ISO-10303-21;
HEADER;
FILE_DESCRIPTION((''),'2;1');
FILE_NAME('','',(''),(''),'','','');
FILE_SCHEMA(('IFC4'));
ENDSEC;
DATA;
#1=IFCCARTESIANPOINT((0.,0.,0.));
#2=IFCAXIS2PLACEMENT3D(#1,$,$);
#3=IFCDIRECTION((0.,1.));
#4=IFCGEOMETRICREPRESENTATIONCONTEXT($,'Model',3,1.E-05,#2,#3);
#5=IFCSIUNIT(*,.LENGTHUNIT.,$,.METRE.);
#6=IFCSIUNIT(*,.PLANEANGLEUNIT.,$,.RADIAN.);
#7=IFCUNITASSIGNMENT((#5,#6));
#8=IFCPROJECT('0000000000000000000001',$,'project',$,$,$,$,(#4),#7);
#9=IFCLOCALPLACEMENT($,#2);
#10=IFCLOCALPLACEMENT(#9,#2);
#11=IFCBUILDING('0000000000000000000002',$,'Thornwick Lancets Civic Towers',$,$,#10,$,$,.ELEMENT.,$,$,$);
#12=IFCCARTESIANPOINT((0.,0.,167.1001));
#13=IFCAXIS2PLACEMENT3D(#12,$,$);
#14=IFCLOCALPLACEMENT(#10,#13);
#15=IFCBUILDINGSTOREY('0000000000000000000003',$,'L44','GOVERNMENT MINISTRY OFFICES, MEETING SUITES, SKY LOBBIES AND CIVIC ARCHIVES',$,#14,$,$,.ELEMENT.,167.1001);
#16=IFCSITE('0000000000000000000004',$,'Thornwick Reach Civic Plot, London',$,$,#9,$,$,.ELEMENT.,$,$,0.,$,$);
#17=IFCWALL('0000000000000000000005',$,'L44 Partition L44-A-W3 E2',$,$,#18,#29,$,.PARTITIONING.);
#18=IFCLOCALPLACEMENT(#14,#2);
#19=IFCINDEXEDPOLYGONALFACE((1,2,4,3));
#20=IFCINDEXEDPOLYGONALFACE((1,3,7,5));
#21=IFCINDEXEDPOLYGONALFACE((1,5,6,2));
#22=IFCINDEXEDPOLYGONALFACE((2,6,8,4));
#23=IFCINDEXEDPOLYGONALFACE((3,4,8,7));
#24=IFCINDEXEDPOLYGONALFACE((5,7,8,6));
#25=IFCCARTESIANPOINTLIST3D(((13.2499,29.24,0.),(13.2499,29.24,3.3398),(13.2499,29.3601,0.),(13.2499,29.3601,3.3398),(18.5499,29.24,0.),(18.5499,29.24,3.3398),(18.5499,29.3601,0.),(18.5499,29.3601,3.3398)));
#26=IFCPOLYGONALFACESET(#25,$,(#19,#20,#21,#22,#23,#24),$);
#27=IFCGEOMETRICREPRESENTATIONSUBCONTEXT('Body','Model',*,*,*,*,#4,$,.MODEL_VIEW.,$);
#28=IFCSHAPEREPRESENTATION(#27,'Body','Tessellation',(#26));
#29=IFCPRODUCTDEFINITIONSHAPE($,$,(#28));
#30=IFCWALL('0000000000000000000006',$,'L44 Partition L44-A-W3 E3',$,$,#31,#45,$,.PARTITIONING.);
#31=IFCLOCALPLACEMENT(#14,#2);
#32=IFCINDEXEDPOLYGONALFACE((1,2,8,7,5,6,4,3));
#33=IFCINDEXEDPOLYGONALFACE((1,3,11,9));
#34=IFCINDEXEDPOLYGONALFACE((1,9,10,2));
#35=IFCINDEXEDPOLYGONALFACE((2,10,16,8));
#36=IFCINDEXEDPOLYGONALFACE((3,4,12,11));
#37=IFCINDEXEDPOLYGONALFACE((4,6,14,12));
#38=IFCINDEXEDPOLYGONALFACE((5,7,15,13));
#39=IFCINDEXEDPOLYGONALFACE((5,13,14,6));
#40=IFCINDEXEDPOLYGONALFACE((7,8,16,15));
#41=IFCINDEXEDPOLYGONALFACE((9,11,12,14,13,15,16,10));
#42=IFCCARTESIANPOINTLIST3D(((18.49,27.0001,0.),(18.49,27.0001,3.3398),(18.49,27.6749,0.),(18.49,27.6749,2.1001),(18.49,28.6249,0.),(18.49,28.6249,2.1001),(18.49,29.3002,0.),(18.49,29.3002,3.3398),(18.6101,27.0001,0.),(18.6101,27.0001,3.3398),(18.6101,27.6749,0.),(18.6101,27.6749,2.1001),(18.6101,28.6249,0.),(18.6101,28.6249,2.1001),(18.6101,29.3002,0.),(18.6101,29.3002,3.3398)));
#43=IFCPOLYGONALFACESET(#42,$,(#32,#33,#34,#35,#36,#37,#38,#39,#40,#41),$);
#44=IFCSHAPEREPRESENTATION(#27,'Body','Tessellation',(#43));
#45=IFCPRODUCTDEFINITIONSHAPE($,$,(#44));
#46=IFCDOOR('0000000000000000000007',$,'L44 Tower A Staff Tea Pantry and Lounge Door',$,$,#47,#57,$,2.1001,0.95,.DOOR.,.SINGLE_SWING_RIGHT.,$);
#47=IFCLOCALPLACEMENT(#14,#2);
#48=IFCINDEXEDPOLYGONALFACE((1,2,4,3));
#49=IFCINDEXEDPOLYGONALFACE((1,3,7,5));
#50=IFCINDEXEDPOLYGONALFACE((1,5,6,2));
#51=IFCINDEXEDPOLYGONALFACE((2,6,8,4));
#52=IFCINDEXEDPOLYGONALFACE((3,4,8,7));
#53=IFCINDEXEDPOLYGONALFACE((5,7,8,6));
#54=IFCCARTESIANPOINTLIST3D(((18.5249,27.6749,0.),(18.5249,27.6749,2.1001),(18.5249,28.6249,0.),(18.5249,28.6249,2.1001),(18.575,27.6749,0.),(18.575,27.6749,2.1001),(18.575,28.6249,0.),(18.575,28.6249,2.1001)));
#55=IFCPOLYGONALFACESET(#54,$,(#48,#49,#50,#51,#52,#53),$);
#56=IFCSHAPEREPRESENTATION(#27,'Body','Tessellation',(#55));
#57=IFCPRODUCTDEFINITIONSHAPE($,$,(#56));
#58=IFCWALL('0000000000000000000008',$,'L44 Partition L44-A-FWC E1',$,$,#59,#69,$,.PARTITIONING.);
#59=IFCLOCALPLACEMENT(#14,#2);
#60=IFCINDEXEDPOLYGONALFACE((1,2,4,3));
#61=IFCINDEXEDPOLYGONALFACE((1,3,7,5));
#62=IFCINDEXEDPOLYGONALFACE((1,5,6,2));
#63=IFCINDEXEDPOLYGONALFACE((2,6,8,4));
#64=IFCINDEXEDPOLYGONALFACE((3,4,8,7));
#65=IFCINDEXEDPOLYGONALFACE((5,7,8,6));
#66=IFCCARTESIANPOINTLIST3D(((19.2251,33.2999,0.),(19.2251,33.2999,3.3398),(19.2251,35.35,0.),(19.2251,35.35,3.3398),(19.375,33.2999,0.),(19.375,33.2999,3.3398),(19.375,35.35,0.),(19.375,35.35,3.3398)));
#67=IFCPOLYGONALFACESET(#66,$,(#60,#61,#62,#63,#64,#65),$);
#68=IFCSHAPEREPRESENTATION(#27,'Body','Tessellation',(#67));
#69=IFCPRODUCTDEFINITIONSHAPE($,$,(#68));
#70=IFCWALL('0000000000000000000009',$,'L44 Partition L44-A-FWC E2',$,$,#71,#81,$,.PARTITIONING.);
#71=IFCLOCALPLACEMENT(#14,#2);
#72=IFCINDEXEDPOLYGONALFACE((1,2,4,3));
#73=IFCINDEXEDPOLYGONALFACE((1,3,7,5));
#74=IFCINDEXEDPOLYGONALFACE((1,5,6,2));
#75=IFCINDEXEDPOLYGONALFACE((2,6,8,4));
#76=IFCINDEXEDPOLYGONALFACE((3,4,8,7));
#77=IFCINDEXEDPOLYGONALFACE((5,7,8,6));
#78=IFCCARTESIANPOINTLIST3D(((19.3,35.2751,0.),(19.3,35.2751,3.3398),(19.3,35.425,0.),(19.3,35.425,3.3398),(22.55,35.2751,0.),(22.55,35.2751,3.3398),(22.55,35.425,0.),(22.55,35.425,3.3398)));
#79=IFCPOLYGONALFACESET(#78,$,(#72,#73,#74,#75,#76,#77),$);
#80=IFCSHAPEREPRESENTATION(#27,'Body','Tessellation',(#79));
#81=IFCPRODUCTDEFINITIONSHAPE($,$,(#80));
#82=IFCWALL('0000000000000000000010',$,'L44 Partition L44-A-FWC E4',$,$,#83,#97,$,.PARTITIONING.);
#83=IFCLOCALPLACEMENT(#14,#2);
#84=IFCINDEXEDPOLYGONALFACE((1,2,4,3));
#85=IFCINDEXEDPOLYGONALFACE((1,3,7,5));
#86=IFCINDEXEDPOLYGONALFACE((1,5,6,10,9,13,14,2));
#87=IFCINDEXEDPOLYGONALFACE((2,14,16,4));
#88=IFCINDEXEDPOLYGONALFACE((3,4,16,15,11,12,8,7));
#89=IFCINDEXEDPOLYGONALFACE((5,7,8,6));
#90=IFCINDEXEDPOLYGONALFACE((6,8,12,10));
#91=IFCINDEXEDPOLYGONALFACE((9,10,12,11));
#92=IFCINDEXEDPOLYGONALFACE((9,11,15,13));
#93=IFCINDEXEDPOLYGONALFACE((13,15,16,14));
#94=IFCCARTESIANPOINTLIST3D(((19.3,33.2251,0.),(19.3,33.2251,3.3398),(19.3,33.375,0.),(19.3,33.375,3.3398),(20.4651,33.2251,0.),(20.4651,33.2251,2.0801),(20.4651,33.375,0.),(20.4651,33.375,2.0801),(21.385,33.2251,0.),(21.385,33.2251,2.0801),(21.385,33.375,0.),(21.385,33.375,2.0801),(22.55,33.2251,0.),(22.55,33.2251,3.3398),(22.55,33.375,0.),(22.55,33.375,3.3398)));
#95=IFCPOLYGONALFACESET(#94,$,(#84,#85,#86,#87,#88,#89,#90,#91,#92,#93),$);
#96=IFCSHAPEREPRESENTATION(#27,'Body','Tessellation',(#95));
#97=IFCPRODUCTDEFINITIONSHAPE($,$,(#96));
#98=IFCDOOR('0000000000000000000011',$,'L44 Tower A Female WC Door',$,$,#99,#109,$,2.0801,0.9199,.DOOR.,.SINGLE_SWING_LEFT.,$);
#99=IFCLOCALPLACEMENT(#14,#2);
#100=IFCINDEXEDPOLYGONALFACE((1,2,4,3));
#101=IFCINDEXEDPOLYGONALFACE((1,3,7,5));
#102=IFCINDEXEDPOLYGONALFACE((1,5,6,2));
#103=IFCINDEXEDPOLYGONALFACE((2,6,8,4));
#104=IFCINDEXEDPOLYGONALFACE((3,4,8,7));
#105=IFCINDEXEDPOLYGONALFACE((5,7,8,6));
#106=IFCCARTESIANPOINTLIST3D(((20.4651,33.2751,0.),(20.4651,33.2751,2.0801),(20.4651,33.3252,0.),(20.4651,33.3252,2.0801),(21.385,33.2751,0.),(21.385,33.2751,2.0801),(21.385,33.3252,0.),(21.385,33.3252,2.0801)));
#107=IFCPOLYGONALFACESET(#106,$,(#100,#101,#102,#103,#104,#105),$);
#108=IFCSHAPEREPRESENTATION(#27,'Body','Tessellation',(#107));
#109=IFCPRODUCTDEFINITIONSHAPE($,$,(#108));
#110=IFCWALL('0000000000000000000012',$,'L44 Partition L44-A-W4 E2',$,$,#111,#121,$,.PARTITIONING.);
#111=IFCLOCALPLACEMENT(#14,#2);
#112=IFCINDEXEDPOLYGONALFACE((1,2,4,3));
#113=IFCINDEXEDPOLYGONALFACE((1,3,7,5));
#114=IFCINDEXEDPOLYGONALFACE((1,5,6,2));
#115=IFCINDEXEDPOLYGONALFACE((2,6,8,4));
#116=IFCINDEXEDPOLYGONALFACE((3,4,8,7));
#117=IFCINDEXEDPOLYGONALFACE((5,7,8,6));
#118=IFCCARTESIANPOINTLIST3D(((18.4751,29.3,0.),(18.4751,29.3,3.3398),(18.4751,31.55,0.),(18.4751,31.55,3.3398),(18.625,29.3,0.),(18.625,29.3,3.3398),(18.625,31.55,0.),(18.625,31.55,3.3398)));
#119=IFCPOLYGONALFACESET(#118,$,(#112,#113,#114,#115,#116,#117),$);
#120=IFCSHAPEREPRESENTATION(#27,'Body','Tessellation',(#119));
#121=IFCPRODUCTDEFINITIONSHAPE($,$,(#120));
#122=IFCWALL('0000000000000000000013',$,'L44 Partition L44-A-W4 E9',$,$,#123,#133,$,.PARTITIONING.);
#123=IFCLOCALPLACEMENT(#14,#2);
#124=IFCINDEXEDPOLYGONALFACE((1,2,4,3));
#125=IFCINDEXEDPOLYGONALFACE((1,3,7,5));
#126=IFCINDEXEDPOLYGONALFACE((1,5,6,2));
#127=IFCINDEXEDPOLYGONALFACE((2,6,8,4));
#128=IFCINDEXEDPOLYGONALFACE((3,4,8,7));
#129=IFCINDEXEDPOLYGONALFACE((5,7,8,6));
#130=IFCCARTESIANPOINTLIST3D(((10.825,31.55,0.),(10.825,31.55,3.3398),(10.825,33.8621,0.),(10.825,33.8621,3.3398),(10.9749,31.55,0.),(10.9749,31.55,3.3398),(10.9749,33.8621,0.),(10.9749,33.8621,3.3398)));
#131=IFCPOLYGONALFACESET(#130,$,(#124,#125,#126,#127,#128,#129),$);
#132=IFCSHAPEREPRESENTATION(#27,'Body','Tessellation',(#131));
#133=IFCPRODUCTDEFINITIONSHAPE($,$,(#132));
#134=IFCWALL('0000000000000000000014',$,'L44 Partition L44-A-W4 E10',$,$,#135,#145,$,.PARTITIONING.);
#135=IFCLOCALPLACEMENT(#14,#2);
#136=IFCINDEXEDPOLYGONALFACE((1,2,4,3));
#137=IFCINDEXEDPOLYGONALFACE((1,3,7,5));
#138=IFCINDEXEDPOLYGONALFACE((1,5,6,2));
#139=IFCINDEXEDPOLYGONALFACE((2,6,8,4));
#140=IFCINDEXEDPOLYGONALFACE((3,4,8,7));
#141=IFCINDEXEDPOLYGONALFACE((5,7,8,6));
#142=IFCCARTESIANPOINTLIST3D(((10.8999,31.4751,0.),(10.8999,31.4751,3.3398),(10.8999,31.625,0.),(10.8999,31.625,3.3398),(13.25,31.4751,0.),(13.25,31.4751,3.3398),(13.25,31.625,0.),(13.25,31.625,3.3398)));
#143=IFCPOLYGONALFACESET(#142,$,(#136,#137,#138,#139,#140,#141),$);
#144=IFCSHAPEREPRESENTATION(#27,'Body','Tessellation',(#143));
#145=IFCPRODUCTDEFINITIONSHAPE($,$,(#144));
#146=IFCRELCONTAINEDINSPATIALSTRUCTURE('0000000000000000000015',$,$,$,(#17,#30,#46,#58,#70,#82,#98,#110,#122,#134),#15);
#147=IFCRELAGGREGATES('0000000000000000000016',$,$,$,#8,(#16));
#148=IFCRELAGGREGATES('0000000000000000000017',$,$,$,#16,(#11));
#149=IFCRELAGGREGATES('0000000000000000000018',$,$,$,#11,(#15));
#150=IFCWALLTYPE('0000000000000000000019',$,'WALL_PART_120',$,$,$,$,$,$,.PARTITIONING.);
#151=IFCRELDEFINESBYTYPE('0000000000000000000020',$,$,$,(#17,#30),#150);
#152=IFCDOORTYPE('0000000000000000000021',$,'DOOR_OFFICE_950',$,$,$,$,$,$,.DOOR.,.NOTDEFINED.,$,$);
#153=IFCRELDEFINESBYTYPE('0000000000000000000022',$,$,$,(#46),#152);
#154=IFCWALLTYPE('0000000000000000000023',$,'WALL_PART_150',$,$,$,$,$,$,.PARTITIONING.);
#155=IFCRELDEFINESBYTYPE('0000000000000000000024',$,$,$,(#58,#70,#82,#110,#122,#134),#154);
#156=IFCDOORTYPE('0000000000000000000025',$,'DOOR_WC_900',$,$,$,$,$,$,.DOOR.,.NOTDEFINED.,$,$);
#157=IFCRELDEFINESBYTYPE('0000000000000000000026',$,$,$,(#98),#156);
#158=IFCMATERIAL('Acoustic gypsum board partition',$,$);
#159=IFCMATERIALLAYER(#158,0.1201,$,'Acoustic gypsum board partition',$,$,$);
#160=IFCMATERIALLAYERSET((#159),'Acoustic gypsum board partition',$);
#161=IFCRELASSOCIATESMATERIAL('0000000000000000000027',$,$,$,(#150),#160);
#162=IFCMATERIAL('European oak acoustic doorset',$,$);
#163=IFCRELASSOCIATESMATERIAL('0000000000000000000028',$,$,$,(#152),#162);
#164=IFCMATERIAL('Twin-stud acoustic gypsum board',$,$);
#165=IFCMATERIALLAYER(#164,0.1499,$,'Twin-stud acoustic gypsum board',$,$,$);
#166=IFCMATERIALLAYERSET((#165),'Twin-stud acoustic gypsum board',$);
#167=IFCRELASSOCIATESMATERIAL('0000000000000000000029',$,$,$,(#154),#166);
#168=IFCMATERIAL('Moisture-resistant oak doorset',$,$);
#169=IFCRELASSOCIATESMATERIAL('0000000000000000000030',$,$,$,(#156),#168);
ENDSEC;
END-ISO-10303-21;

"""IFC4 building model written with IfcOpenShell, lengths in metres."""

from ifc_helpers import new_model, si_unit, direction, frame, frame_2d, origin, place, context, subcontext, project, spatial, rectangle, extrude, material, layer, layer_set, type_object, element, fill, save


model = new_model("IFC4")

# Units and contexts
model_context = context("Model", 3, precision=1e-05, world=origin(), true_north=direction((0.0, 1.0)))
body_context = subcontext(model_context, "Body", "Model", "MODEL_VIEW")
ifc_project = project(units=[si_unit("LENGTHUNIT", "METRE"), si_unit("PLANEANGLEUNIT", "RADIAN")], contexts=[model_context])

# Site, building, storey
site_placement = place(None, origin())
site = spatial("IfcSite", under=ifc_project, at=site_placement, Name="Thornwick Reach Civic Plot, London", CompositionType="ELEMENT", RefElevation=0.0)
building_placement = place(site_placement, origin())
building = spatial("IfcBuilding", under=site, at=building_placement, Name="Thornwick Lancets Civic Towers", CompositionType="ELEMENT")
storey_placement = place(building_placement, frame((0.0, 0.0, 167.1001)))
storey = spatial("IfcBuildingStorey", under=building, at=storey_placement, Name="L44", Description="GOVERNMENT MINISTRY OFFICES, MEETING SUITES, SKY LOBBIES AND CIVIC ARCHIVES", CompositionType="ELEMENT", Elevation=167.1001)

# Wall
ifc_material_1 = material(Name="Acoustic gypsum board partition")
ifc_layer_1 = layer(ifc_material_1, 0.1201, Name="Acoustic gypsum board partition")
ifc_layer_set_1 = layer_set([ifc_layer_1], Name="Acoustic gypsum board partition")
wall_type_1 = type_object("IfcWallType", Name="WALL_PART_120", PredefinedType="PARTITIONING", material=ifc_layer_set_1)
wall_1_placement = place(storey_placement, frame((13.25, 29.3, 0.0), z_axis=(0.0, 0.0, 1.0), x_axis=(1.0, 0.0, 0.0)))
element("IfcWall", 1, at=wall_1_placement, inside=storey, type_object=wall_type_1, Name="L44 Partition L44-A-W3 E2", PredefinedType="PARTITIONING", context=body_context, shape_type="SweptSolid", body=[
    extrude(rectangle(XDim=5.3, YDim=0.1201, at=frame_2d((2.6499, 0.0))), origin(), (0.0, 0.0, 1.0), 3.3398),
])

# Wall, opening, door
wall_2_placement = place(storey_placement, frame((18.55, 29.3, 0.0), z_axis=(0.0, 0.0, 1.0), x_axis=(0.0, -1.0, 0.0)))
wall_2 = element("IfcWall", 2, at=wall_2_placement, inside=storey, type_object=wall_type_1, Name="L44 Partition L44-A-W3 E3", PredefinedType="PARTITIONING", context=body_context, shape_type="SweptSolid", body=[
    extrude(rectangle(XDim=2.3, YDim=0.1201, at=frame_2d((1.1499, 0.0))), origin(), (0.0, 0.0, 1.0), 3.3398),
])
opening_1_placement = place(wall_2_placement, frame((0.675, 0.0, 0.0)))
opening_1 = element("IfcOpeningElement", 3, at=opening_1_placement, cuts=wall_2, PredefinedType="OPENING", context=body_context, shape_type="SweptSolid", body=[
    extrude(rectangle(XDim=0.95, YDim=2.1001, at=frame_2d((0.4751, 1.05))), frame((0.0, 0.0701, 0.0), z_axis=(0.0, -1.0, 0.0), x_axis=(1.0, 0.0, 0.0)), (0.0, 0.0, 1.0), 0.1401),
])
ifc_material_2 = material(Name="European oak acoustic doorset")
door_type_1 = type_object("IfcDoorType", Name="DOOR_OFFICE_950", OperationType="NOTDEFINED", PredefinedType="DOOR", material=ifc_material_2)
door_1_placement = place(opening_1_placement, origin())
door_1 = element("IfcDoor", 4, at=door_1_placement, inside=storey, type_object=door_type_1, Name="L44 Tower A Staff Tea Pantry and Lounge Door", OperationType="SINGLE_SWING_RIGHT", OverallHeight=2.1001, OverallWidth=0.95, PredefinedType="DOOR", context=body_context, shape_type="SweptSolid", body=[
    extrude(rectangle(XDim=0.95, YDim=2.1001, at=frame_2d((0.4751, 1.05))), frame((0.0, 0.0249, 0.0), z_axis=(0.0, -1.0, 0.0), x_axis=(1.0, 0.0, 0.0)), (0.0, 0.0, 1.0), 0.05),
])
fill(opening_1, door_1)

# Walls
ifc_material_3 = material(Name="Twin-stud acoustic gypsum board")
ifc_layer_2 = layer(ifc_material_3, 0.1499, Name="Twin-stud acoustic gypsum board")
ifc_layer_set_2 = layer_set([ifc_layer_2], Name="Twin-stud acoustic gypsum board")
wall_type_2 = type_object("IfcWallType", Name="WALL_PART_150", PredefinedType="PARTITIONING", material=ifc_layer_set_2)
wall_3_placement = place(storey_placement, frame((19.3, 33.3, 0.0), z_axis=(0.0, 0.0, 1.0), x_axis=(0.0, 1.0, 0.0)))
element("IfcWall", 5, at=wall_3_placement, inside=storey, type_object=wall_type_2, Name="L44 Partition L44-A-FWC E1", PredefinedType="PARTITIONING", context=body_context, shape_type="SweptSolid", body=[
    extrude(rectangle(XDim=2.05, YDim=0.1499, at=frame_2d((1.0249, 0.0))), origin(), (0.0, 0.0, 1.0), 3.3398),
])
wall_4_placement = place(storey_placement, frame((19.3, 35.3501, 0.0), z_axis=(0.0, 0.0, 1.0), x_axis=(1.0, 0.0, 0.0)))
element("IfcWall", 6, at=wall_4_placement, inside=storey, type_object=wall_type_2, Name="L44 Partition L44-A-FWC E2", PredefinedType="PARTITIONING", context=body_context, shape_type="SweptSolid", body=[
    extrude(rectangle(XDim=3.25, YDim=0.1499, at=frame_2d((1.625, 0.0))), origin(), (0.0, 0.0, 1.0), 3.3398),
])

# Wall, opening, door
wall_5_placement = place(storey_placement, frame((22.55, 33.3, 0.0), z_axis=(0.0, 0.0, 1.0), x_axis=(-1.0, 0.0, 0.0)))
wall_5 = element("IfcWall", 7, at=wall_5_placement, inside=storey, type_object=wall_type_2, Name="L44 Partition L44-A-FWC E4", PredefinedType="PARTITIONING", context=body_context, shape_type="SweptSolid", body=[
    extrude(rectangle(XDim=3.25, YDim=0.1499, at=frame_2d((1.625, 0.0))), origin(), (0.0, 0.0, 1.0), 3.3398),
])
opening_2_placement = place(wall_5_placement, frame((1.165, 0.0, 0.0)))
opening_2 = element("IfcOpeningElement", 8, at=opening_2_placement, cuts=wall_5, PredefinedType="OPENING", context=body_context, shape_type="SweptSolid", body=[
    extrude(rectangle(XDim=0.9199, YDim=2.0801, at=frame_2d((0.46, 1.04))), frame((0.0, 0.085, 0.0), z_axis=(0.0, -1.0, 0.0), x_axis=(1.0, 0.0, 0.0)), (0.0, 0.0, 1.0), 0.1699),
])
ifc_material_4 = material(Name="Moisture-resistant oak doorset")
door_type_2 = type_object("IfcDoorType", Name="DOOR_WC_900", OperationType="NOTDEFINED", PredefinedType="DOOR", material=ifc_material_4)
door_2_placement = place(opening_2_placement, origin())
door_2 = element("IfcDoor", 9, at=door_2_placement, inside=storey, type_object=door_type_2, Name="L44 Tower A Female WC Door", OperationType="SINGLE_SWING_LEFT", OverallHeight=2.0801, OverallWidth=0.9199, PredefinedType="DOOR", context=body_context, shape_type="SweptSolid", body=[
    extrude(rectangle(XDim=0.9199, YDim=2.0801, at=frame_2d((0.46, 1.04))), frame((0.0, 0.0249, 0.0), z_axis=(0.0, -1.0, 0.0), x_axis=(1.0, 0.0, 0.0)), (0.0, 0.0, 1.0), 0.05),
])
fill(opening_2, door_2)

# Walls
wall_6_placement = place(storey_placement, frame((18.55, 31.55, 0.0), z_axis=(0.0, 0.0, 1.0), x_axis=(0.0, -1.0, 0.0)))
element("IfcWall", 10, at=wall_6_placement, inside=storey, type_object=wall_type_2, Name="L44 Partition L44-A-W4 E2", PredefinedType="PARTITIONING", context=body_context, shape_type="SweptSolid", body=[
    extrude(rectangle(XDim=2.25, YDim=0.1499, at=frame_2d((1.125, 0.0))), origin(), (0.0, 0.0, 1.0), 3.3398),
])
wall_7_placement = place(storey_placement, frame((10.8999, 33.8621, 0.0), z_axis=(0.0, 0.0, 1.0), x_axis=(0.0, -1.0, 0.0)))
element("IfcWall", 11, at=wall_7_placement, inside=storey, type_object=wall_type_2, Name="L44 Partition L44-A-W4 E9", PredefinedType="PARTITIONING", context=body_context, shape_type="SweptSolid", body=[
    extrude(rectangle(XDim=2.312, YDim=0.1499, at=frame_2d((1.156, 0.0))), origin(), (0.0, 0.0, 1.0), 3.3398),
])
wall_8_placement = place(storey_placement, frame((10.8999, 31.55, 0.0), z_axis=(0.0, 0.0, 1.0), x_axis=(1.0, 0.0, 0.0)))
element("IfcWall", 12, at=wall_8_placement, inside=storey, type_object=wall_type_2, Name="L44 Partition L44-A-W4 E10", PredefinedType="PARTITIONING", context=body_context, shape_type="SweptSolid", body=[
    extrude(rectangle(XDim=2.3501, YDim=0.1499, at=frame_2d((1.175, 0.0))), origin(), (0.0, 0.0, 1.0), 3.3398),
])

save(model, "model.ifc")
